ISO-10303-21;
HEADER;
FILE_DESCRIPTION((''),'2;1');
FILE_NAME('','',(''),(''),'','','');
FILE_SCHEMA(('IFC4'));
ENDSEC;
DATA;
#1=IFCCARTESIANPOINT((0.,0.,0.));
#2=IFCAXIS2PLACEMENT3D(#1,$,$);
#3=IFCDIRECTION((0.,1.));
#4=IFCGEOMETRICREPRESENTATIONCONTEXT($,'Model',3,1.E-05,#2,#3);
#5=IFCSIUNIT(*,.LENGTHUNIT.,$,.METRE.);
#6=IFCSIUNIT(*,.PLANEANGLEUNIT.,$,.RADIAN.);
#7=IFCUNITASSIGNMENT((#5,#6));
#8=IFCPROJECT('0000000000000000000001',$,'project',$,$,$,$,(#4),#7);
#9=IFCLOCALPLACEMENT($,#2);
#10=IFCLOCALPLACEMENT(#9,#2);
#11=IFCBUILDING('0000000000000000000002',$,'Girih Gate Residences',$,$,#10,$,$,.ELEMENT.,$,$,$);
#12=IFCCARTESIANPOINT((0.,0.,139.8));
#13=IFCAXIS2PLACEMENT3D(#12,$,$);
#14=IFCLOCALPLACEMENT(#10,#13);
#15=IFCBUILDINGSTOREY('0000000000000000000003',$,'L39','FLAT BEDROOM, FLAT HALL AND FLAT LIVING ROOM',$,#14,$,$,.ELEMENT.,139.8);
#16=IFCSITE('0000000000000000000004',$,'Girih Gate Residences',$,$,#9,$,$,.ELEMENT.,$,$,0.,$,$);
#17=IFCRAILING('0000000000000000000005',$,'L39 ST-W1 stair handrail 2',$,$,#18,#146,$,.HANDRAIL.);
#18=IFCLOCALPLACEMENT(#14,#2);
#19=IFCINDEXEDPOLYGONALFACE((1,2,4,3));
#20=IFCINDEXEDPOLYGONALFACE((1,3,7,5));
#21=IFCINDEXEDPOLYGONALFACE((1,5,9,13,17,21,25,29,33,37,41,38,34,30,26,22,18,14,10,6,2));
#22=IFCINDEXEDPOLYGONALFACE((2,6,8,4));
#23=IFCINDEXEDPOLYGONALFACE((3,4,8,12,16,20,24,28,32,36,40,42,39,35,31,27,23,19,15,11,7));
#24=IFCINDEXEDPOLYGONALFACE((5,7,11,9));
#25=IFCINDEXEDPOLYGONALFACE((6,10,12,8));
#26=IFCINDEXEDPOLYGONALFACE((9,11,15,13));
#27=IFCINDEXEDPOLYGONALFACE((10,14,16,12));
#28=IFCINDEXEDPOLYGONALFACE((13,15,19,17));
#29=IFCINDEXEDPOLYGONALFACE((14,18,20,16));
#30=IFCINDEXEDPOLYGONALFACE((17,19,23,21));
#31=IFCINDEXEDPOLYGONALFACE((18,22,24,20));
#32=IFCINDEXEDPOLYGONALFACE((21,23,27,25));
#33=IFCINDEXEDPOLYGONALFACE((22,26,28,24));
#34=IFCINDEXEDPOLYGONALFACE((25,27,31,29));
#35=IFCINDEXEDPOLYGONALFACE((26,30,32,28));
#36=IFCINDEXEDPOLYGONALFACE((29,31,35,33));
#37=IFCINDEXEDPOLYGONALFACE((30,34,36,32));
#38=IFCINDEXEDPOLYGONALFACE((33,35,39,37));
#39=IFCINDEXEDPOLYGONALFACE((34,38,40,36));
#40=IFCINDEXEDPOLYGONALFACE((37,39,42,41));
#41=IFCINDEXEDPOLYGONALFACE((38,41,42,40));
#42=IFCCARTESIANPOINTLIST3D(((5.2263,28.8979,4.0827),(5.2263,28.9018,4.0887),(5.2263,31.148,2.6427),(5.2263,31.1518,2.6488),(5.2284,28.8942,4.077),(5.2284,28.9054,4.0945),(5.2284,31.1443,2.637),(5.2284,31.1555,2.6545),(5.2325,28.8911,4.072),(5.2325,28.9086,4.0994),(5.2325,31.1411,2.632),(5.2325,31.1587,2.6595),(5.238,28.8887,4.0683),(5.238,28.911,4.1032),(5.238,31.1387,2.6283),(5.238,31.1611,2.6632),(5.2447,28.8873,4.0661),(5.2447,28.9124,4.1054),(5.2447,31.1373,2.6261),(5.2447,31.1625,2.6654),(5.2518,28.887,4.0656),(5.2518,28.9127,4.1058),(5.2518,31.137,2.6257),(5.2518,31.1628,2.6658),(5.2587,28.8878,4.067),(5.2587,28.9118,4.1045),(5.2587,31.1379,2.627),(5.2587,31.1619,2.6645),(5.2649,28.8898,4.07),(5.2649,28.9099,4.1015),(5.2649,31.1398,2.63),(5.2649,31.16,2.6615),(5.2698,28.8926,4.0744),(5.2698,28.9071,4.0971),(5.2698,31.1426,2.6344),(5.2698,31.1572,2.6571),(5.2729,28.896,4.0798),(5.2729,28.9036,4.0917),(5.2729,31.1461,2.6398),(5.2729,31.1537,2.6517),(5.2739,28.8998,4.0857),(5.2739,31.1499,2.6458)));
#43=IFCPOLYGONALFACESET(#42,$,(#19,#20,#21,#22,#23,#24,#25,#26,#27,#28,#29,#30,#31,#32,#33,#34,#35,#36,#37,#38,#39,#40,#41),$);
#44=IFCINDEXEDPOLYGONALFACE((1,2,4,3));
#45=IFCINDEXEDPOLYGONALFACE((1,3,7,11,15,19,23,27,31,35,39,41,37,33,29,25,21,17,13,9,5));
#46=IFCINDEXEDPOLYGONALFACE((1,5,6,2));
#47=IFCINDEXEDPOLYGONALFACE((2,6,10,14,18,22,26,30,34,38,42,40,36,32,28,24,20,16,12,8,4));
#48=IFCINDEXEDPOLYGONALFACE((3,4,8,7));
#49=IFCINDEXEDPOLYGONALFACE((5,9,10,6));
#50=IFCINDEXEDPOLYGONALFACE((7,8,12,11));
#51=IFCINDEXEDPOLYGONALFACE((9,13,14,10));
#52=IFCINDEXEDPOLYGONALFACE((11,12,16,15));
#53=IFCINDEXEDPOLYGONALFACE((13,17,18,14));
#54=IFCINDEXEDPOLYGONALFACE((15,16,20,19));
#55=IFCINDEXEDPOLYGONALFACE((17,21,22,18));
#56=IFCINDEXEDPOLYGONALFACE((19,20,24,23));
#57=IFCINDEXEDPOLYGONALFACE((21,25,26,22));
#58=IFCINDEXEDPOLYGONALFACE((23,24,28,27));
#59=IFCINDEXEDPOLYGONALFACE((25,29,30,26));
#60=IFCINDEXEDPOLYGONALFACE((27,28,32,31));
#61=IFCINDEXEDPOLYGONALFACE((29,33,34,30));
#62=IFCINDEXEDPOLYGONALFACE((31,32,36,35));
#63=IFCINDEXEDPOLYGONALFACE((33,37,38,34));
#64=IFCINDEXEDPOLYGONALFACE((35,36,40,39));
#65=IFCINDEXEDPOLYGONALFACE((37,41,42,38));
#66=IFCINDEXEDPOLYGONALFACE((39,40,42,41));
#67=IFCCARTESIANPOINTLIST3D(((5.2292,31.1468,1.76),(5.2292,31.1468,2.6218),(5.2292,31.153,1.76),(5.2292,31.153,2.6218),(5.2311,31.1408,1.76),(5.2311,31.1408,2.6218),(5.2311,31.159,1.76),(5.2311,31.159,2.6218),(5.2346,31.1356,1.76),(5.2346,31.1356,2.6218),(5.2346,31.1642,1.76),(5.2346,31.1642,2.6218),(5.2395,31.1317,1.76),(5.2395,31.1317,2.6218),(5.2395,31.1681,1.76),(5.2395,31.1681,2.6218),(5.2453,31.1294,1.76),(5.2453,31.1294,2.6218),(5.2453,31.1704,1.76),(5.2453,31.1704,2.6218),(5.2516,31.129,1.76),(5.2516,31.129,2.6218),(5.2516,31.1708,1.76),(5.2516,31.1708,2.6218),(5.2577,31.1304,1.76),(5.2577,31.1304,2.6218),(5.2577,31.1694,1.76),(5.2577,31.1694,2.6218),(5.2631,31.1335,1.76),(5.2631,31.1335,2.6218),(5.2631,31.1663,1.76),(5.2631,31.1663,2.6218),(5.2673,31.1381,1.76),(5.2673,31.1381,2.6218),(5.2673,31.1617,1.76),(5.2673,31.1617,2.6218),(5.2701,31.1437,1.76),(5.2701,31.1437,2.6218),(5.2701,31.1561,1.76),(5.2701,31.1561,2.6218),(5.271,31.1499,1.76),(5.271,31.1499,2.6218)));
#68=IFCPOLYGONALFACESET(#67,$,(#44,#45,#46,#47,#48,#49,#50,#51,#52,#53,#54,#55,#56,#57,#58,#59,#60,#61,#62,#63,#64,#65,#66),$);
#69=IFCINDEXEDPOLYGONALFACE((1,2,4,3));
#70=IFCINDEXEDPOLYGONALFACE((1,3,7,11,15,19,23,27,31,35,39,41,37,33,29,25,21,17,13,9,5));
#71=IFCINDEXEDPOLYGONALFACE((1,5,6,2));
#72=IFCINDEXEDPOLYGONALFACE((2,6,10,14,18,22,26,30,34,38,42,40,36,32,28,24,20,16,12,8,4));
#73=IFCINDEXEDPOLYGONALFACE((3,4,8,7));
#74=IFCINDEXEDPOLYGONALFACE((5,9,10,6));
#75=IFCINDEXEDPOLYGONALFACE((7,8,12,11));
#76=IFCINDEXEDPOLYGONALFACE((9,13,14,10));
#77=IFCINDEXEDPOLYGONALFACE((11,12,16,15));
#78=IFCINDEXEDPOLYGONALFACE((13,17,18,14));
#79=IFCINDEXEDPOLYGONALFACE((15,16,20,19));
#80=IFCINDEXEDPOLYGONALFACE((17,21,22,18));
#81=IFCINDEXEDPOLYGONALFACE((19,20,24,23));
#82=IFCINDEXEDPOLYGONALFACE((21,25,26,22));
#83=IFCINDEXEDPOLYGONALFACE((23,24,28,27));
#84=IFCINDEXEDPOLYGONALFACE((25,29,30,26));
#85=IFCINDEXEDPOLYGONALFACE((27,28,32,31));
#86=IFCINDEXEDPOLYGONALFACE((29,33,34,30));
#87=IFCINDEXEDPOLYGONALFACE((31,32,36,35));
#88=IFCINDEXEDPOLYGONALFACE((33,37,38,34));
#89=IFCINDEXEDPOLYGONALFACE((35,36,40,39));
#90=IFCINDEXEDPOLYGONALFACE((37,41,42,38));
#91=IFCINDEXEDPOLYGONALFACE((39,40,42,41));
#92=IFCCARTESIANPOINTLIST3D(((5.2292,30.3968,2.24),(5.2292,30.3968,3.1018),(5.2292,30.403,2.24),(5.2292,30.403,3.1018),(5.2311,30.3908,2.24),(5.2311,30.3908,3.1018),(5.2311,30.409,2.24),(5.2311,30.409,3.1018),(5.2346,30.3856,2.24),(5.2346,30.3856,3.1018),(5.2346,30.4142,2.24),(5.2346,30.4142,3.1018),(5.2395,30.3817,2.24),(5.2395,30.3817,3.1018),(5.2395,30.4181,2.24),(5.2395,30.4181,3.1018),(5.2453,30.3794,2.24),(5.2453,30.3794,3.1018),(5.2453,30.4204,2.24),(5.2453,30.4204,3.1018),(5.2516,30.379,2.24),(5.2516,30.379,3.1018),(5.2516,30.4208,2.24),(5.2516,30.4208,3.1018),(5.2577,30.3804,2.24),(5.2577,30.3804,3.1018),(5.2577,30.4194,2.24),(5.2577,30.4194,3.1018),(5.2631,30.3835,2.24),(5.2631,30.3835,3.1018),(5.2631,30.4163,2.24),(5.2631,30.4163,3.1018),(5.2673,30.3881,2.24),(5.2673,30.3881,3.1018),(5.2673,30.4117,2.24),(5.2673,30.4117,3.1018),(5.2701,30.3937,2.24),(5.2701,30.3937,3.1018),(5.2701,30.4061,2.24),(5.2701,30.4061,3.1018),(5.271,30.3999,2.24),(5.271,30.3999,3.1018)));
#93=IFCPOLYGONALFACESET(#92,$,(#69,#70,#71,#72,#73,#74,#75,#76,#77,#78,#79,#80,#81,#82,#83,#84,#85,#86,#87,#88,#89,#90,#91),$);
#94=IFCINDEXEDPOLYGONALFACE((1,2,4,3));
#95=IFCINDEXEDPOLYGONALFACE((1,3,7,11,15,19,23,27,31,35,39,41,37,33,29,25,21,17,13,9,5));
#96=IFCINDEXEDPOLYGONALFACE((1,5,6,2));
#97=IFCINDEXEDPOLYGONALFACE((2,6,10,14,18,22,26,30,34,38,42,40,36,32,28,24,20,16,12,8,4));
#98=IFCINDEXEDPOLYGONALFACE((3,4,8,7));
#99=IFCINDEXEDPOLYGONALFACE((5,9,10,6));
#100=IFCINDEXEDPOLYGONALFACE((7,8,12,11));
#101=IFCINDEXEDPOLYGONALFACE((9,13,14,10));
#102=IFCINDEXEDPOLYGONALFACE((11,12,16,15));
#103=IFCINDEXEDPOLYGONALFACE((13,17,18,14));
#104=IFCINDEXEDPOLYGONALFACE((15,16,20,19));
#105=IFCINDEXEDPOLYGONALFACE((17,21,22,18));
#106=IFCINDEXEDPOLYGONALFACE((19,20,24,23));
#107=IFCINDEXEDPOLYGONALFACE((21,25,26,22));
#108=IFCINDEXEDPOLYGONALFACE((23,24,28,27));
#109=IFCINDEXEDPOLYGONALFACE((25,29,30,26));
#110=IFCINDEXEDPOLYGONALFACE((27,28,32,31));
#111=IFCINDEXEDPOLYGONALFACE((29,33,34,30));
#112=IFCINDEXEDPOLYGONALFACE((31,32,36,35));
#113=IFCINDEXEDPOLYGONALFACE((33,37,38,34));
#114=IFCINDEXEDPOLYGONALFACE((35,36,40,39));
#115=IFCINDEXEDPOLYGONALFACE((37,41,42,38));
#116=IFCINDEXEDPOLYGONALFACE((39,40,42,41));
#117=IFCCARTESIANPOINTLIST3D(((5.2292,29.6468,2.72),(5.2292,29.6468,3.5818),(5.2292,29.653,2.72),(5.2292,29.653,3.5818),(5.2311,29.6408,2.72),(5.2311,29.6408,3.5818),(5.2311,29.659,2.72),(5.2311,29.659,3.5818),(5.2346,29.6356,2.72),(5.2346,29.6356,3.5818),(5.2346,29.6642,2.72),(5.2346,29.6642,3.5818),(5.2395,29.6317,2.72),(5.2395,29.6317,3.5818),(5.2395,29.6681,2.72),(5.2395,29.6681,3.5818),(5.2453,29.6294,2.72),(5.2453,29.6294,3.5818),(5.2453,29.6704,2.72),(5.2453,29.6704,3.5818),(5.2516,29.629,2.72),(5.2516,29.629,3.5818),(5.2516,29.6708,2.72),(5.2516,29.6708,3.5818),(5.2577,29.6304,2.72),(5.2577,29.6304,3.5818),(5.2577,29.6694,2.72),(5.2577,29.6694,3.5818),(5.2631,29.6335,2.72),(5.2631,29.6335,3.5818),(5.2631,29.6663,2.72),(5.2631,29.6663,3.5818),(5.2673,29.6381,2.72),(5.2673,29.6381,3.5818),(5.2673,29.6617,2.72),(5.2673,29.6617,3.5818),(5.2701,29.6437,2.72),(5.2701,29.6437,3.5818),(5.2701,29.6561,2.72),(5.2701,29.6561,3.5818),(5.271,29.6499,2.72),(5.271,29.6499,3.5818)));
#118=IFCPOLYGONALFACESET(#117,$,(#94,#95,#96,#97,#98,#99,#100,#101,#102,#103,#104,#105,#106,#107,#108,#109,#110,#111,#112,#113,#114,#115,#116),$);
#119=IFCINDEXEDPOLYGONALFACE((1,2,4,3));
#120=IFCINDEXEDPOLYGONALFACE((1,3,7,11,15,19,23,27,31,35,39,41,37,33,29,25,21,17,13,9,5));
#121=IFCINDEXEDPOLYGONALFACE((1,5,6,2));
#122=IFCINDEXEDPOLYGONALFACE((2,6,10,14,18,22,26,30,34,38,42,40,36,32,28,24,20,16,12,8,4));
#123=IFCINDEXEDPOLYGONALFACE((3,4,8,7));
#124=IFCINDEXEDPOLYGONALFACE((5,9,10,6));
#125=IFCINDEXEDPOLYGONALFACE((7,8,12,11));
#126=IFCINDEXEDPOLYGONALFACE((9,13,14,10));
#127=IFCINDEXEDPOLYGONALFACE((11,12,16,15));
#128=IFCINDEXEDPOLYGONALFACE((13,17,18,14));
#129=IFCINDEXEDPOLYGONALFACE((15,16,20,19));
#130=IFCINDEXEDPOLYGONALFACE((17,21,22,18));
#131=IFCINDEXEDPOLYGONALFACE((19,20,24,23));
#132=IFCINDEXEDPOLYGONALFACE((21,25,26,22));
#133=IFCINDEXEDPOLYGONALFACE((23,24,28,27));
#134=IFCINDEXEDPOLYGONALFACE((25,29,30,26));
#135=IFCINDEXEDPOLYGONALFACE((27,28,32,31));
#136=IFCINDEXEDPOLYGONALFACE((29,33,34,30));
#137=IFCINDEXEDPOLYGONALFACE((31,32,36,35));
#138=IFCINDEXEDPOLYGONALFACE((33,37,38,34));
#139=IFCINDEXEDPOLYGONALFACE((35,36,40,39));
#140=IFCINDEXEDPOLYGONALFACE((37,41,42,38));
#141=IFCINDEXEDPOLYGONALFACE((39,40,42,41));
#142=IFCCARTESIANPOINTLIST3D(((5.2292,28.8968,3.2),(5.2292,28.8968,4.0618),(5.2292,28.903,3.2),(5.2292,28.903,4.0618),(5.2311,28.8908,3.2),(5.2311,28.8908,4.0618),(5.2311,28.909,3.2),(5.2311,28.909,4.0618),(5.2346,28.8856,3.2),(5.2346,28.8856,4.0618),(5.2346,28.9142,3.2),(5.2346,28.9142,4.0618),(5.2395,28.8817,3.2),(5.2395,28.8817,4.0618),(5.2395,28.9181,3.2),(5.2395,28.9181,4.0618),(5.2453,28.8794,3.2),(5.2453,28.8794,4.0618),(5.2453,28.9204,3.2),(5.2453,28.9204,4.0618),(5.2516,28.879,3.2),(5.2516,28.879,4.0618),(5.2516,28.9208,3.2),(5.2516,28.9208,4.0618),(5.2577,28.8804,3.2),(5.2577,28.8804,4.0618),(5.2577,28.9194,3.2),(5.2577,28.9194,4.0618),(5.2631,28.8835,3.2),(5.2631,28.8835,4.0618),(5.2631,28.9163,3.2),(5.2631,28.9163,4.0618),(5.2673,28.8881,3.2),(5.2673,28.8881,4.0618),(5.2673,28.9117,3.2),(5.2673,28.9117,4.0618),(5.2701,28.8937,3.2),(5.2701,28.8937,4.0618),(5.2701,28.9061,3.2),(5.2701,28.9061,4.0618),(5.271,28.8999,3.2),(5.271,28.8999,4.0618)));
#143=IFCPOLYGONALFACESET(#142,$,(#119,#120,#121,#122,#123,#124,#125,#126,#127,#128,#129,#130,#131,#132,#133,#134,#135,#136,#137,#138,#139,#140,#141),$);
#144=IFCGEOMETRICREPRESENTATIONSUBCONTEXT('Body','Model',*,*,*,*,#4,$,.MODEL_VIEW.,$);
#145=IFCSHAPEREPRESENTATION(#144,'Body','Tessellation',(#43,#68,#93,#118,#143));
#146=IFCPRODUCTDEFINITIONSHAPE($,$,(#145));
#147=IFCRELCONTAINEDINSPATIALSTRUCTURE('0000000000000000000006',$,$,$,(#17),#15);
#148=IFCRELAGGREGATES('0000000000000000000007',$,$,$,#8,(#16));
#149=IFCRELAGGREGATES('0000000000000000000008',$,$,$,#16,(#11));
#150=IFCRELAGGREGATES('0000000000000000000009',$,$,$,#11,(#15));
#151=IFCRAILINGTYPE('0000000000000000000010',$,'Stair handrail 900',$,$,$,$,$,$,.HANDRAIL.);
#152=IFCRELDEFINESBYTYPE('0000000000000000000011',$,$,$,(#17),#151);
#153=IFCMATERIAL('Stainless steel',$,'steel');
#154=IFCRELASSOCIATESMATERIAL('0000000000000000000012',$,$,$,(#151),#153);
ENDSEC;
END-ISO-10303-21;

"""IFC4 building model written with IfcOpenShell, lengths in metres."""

from ifc_helpers import new_model, si_unit, direction, frame, origin, origin_2d, place, context, subcontext, project, spatial, circle, extrude, material, type_object, element, save


model = new_model("IFC4")

# Units and contexts
model_context = context("Model", 3, precision=1e-05, world=origin(), true_north=direction((0.0, 1.0)))
body_context = subcontext(model_context, "Body", "Model", "MODEL_VIEW")
ifc_project = project(units=[si_unit("LENGTHUNIT", "METRE"), si_unit("PLANEANGLEUNIT", "RADIAN")], contexts=[model_context])

# Site, building, storey
site_placement = place(None, origin())
site = spatial("IfcSite", under=ifc_project, at=site_placement, Name="Girih Gate Residences", CompositionType="ELEMENT", RefElevation=0.0)
building_placement = place(site_placement, origin())
building = spatial("IfcBuilding", under=site, at=building_placement, Name="Girih Gate Residences", CompositionType="ELEMENT")
storey_placement = place(building_placement, frame((0.0, 0.0, 139.8)))
storey = spatial("IfcBuildingStorey", under=building, at=storey_placement, Name="L39", Description="FLAT BEDROOM, FLAT HALL AND FLAT LIVING ROOM", CompositionType="ELEMENT", Elevation=139.8)

# Shared definitions
ifc_material_1 = material(Name="Stainless steel", Category="steel")

# Railing
railing_type_1 = type_object("IfcRailingType", Name="Stair handrail 900", PredefinedType="HANDRAIL", material=ifc_material_1)
railing_1_placement = place(storey_placement, frame((5.25, 31.1499, 1.76)))
element("IfcRailing", 1, at=railing_1_placement, inside=storey, type_object=railing_type_1, Name="L39 ST-W1 stair handrail 2", PredefinedType="HANDRAIL", context=body_context, shape_type="SweptSolid", body=[
    extrude(circle(Radius=0.0239, at=origin_2d()), frame((0.0, 0.0, 0.8857), z_axis=(0.0, -0.842281, 0.539038), x_axis=(1.0, 0.0, 0.0)), (0.0, 0.0, 1.0), 2.6714),
    extrude(circle(Radius=0.021, at=origin_2d()), origin(), (0.0, 0.0, 1.0), 0.8618),
    extrude(circle(Radius=0.021, at=origin_2d()), frame((0.0, -0.75, 0.48)), (0.0, 0.0, 1.0), 0.8618),
    extrude(circle(Radius=0.021, at=origin_2d()), frame((0.0, -1.5, 0.96)), (0.0, 0.0, 1.0), 0.8618),
    extrude(circle(Radius=0.021, at=origin_2d()), frame((0.0, -2.25, 1.4399)), (0.0, 0.0, 1.0), 0.8618),
])

save(model, "model.ifc")
